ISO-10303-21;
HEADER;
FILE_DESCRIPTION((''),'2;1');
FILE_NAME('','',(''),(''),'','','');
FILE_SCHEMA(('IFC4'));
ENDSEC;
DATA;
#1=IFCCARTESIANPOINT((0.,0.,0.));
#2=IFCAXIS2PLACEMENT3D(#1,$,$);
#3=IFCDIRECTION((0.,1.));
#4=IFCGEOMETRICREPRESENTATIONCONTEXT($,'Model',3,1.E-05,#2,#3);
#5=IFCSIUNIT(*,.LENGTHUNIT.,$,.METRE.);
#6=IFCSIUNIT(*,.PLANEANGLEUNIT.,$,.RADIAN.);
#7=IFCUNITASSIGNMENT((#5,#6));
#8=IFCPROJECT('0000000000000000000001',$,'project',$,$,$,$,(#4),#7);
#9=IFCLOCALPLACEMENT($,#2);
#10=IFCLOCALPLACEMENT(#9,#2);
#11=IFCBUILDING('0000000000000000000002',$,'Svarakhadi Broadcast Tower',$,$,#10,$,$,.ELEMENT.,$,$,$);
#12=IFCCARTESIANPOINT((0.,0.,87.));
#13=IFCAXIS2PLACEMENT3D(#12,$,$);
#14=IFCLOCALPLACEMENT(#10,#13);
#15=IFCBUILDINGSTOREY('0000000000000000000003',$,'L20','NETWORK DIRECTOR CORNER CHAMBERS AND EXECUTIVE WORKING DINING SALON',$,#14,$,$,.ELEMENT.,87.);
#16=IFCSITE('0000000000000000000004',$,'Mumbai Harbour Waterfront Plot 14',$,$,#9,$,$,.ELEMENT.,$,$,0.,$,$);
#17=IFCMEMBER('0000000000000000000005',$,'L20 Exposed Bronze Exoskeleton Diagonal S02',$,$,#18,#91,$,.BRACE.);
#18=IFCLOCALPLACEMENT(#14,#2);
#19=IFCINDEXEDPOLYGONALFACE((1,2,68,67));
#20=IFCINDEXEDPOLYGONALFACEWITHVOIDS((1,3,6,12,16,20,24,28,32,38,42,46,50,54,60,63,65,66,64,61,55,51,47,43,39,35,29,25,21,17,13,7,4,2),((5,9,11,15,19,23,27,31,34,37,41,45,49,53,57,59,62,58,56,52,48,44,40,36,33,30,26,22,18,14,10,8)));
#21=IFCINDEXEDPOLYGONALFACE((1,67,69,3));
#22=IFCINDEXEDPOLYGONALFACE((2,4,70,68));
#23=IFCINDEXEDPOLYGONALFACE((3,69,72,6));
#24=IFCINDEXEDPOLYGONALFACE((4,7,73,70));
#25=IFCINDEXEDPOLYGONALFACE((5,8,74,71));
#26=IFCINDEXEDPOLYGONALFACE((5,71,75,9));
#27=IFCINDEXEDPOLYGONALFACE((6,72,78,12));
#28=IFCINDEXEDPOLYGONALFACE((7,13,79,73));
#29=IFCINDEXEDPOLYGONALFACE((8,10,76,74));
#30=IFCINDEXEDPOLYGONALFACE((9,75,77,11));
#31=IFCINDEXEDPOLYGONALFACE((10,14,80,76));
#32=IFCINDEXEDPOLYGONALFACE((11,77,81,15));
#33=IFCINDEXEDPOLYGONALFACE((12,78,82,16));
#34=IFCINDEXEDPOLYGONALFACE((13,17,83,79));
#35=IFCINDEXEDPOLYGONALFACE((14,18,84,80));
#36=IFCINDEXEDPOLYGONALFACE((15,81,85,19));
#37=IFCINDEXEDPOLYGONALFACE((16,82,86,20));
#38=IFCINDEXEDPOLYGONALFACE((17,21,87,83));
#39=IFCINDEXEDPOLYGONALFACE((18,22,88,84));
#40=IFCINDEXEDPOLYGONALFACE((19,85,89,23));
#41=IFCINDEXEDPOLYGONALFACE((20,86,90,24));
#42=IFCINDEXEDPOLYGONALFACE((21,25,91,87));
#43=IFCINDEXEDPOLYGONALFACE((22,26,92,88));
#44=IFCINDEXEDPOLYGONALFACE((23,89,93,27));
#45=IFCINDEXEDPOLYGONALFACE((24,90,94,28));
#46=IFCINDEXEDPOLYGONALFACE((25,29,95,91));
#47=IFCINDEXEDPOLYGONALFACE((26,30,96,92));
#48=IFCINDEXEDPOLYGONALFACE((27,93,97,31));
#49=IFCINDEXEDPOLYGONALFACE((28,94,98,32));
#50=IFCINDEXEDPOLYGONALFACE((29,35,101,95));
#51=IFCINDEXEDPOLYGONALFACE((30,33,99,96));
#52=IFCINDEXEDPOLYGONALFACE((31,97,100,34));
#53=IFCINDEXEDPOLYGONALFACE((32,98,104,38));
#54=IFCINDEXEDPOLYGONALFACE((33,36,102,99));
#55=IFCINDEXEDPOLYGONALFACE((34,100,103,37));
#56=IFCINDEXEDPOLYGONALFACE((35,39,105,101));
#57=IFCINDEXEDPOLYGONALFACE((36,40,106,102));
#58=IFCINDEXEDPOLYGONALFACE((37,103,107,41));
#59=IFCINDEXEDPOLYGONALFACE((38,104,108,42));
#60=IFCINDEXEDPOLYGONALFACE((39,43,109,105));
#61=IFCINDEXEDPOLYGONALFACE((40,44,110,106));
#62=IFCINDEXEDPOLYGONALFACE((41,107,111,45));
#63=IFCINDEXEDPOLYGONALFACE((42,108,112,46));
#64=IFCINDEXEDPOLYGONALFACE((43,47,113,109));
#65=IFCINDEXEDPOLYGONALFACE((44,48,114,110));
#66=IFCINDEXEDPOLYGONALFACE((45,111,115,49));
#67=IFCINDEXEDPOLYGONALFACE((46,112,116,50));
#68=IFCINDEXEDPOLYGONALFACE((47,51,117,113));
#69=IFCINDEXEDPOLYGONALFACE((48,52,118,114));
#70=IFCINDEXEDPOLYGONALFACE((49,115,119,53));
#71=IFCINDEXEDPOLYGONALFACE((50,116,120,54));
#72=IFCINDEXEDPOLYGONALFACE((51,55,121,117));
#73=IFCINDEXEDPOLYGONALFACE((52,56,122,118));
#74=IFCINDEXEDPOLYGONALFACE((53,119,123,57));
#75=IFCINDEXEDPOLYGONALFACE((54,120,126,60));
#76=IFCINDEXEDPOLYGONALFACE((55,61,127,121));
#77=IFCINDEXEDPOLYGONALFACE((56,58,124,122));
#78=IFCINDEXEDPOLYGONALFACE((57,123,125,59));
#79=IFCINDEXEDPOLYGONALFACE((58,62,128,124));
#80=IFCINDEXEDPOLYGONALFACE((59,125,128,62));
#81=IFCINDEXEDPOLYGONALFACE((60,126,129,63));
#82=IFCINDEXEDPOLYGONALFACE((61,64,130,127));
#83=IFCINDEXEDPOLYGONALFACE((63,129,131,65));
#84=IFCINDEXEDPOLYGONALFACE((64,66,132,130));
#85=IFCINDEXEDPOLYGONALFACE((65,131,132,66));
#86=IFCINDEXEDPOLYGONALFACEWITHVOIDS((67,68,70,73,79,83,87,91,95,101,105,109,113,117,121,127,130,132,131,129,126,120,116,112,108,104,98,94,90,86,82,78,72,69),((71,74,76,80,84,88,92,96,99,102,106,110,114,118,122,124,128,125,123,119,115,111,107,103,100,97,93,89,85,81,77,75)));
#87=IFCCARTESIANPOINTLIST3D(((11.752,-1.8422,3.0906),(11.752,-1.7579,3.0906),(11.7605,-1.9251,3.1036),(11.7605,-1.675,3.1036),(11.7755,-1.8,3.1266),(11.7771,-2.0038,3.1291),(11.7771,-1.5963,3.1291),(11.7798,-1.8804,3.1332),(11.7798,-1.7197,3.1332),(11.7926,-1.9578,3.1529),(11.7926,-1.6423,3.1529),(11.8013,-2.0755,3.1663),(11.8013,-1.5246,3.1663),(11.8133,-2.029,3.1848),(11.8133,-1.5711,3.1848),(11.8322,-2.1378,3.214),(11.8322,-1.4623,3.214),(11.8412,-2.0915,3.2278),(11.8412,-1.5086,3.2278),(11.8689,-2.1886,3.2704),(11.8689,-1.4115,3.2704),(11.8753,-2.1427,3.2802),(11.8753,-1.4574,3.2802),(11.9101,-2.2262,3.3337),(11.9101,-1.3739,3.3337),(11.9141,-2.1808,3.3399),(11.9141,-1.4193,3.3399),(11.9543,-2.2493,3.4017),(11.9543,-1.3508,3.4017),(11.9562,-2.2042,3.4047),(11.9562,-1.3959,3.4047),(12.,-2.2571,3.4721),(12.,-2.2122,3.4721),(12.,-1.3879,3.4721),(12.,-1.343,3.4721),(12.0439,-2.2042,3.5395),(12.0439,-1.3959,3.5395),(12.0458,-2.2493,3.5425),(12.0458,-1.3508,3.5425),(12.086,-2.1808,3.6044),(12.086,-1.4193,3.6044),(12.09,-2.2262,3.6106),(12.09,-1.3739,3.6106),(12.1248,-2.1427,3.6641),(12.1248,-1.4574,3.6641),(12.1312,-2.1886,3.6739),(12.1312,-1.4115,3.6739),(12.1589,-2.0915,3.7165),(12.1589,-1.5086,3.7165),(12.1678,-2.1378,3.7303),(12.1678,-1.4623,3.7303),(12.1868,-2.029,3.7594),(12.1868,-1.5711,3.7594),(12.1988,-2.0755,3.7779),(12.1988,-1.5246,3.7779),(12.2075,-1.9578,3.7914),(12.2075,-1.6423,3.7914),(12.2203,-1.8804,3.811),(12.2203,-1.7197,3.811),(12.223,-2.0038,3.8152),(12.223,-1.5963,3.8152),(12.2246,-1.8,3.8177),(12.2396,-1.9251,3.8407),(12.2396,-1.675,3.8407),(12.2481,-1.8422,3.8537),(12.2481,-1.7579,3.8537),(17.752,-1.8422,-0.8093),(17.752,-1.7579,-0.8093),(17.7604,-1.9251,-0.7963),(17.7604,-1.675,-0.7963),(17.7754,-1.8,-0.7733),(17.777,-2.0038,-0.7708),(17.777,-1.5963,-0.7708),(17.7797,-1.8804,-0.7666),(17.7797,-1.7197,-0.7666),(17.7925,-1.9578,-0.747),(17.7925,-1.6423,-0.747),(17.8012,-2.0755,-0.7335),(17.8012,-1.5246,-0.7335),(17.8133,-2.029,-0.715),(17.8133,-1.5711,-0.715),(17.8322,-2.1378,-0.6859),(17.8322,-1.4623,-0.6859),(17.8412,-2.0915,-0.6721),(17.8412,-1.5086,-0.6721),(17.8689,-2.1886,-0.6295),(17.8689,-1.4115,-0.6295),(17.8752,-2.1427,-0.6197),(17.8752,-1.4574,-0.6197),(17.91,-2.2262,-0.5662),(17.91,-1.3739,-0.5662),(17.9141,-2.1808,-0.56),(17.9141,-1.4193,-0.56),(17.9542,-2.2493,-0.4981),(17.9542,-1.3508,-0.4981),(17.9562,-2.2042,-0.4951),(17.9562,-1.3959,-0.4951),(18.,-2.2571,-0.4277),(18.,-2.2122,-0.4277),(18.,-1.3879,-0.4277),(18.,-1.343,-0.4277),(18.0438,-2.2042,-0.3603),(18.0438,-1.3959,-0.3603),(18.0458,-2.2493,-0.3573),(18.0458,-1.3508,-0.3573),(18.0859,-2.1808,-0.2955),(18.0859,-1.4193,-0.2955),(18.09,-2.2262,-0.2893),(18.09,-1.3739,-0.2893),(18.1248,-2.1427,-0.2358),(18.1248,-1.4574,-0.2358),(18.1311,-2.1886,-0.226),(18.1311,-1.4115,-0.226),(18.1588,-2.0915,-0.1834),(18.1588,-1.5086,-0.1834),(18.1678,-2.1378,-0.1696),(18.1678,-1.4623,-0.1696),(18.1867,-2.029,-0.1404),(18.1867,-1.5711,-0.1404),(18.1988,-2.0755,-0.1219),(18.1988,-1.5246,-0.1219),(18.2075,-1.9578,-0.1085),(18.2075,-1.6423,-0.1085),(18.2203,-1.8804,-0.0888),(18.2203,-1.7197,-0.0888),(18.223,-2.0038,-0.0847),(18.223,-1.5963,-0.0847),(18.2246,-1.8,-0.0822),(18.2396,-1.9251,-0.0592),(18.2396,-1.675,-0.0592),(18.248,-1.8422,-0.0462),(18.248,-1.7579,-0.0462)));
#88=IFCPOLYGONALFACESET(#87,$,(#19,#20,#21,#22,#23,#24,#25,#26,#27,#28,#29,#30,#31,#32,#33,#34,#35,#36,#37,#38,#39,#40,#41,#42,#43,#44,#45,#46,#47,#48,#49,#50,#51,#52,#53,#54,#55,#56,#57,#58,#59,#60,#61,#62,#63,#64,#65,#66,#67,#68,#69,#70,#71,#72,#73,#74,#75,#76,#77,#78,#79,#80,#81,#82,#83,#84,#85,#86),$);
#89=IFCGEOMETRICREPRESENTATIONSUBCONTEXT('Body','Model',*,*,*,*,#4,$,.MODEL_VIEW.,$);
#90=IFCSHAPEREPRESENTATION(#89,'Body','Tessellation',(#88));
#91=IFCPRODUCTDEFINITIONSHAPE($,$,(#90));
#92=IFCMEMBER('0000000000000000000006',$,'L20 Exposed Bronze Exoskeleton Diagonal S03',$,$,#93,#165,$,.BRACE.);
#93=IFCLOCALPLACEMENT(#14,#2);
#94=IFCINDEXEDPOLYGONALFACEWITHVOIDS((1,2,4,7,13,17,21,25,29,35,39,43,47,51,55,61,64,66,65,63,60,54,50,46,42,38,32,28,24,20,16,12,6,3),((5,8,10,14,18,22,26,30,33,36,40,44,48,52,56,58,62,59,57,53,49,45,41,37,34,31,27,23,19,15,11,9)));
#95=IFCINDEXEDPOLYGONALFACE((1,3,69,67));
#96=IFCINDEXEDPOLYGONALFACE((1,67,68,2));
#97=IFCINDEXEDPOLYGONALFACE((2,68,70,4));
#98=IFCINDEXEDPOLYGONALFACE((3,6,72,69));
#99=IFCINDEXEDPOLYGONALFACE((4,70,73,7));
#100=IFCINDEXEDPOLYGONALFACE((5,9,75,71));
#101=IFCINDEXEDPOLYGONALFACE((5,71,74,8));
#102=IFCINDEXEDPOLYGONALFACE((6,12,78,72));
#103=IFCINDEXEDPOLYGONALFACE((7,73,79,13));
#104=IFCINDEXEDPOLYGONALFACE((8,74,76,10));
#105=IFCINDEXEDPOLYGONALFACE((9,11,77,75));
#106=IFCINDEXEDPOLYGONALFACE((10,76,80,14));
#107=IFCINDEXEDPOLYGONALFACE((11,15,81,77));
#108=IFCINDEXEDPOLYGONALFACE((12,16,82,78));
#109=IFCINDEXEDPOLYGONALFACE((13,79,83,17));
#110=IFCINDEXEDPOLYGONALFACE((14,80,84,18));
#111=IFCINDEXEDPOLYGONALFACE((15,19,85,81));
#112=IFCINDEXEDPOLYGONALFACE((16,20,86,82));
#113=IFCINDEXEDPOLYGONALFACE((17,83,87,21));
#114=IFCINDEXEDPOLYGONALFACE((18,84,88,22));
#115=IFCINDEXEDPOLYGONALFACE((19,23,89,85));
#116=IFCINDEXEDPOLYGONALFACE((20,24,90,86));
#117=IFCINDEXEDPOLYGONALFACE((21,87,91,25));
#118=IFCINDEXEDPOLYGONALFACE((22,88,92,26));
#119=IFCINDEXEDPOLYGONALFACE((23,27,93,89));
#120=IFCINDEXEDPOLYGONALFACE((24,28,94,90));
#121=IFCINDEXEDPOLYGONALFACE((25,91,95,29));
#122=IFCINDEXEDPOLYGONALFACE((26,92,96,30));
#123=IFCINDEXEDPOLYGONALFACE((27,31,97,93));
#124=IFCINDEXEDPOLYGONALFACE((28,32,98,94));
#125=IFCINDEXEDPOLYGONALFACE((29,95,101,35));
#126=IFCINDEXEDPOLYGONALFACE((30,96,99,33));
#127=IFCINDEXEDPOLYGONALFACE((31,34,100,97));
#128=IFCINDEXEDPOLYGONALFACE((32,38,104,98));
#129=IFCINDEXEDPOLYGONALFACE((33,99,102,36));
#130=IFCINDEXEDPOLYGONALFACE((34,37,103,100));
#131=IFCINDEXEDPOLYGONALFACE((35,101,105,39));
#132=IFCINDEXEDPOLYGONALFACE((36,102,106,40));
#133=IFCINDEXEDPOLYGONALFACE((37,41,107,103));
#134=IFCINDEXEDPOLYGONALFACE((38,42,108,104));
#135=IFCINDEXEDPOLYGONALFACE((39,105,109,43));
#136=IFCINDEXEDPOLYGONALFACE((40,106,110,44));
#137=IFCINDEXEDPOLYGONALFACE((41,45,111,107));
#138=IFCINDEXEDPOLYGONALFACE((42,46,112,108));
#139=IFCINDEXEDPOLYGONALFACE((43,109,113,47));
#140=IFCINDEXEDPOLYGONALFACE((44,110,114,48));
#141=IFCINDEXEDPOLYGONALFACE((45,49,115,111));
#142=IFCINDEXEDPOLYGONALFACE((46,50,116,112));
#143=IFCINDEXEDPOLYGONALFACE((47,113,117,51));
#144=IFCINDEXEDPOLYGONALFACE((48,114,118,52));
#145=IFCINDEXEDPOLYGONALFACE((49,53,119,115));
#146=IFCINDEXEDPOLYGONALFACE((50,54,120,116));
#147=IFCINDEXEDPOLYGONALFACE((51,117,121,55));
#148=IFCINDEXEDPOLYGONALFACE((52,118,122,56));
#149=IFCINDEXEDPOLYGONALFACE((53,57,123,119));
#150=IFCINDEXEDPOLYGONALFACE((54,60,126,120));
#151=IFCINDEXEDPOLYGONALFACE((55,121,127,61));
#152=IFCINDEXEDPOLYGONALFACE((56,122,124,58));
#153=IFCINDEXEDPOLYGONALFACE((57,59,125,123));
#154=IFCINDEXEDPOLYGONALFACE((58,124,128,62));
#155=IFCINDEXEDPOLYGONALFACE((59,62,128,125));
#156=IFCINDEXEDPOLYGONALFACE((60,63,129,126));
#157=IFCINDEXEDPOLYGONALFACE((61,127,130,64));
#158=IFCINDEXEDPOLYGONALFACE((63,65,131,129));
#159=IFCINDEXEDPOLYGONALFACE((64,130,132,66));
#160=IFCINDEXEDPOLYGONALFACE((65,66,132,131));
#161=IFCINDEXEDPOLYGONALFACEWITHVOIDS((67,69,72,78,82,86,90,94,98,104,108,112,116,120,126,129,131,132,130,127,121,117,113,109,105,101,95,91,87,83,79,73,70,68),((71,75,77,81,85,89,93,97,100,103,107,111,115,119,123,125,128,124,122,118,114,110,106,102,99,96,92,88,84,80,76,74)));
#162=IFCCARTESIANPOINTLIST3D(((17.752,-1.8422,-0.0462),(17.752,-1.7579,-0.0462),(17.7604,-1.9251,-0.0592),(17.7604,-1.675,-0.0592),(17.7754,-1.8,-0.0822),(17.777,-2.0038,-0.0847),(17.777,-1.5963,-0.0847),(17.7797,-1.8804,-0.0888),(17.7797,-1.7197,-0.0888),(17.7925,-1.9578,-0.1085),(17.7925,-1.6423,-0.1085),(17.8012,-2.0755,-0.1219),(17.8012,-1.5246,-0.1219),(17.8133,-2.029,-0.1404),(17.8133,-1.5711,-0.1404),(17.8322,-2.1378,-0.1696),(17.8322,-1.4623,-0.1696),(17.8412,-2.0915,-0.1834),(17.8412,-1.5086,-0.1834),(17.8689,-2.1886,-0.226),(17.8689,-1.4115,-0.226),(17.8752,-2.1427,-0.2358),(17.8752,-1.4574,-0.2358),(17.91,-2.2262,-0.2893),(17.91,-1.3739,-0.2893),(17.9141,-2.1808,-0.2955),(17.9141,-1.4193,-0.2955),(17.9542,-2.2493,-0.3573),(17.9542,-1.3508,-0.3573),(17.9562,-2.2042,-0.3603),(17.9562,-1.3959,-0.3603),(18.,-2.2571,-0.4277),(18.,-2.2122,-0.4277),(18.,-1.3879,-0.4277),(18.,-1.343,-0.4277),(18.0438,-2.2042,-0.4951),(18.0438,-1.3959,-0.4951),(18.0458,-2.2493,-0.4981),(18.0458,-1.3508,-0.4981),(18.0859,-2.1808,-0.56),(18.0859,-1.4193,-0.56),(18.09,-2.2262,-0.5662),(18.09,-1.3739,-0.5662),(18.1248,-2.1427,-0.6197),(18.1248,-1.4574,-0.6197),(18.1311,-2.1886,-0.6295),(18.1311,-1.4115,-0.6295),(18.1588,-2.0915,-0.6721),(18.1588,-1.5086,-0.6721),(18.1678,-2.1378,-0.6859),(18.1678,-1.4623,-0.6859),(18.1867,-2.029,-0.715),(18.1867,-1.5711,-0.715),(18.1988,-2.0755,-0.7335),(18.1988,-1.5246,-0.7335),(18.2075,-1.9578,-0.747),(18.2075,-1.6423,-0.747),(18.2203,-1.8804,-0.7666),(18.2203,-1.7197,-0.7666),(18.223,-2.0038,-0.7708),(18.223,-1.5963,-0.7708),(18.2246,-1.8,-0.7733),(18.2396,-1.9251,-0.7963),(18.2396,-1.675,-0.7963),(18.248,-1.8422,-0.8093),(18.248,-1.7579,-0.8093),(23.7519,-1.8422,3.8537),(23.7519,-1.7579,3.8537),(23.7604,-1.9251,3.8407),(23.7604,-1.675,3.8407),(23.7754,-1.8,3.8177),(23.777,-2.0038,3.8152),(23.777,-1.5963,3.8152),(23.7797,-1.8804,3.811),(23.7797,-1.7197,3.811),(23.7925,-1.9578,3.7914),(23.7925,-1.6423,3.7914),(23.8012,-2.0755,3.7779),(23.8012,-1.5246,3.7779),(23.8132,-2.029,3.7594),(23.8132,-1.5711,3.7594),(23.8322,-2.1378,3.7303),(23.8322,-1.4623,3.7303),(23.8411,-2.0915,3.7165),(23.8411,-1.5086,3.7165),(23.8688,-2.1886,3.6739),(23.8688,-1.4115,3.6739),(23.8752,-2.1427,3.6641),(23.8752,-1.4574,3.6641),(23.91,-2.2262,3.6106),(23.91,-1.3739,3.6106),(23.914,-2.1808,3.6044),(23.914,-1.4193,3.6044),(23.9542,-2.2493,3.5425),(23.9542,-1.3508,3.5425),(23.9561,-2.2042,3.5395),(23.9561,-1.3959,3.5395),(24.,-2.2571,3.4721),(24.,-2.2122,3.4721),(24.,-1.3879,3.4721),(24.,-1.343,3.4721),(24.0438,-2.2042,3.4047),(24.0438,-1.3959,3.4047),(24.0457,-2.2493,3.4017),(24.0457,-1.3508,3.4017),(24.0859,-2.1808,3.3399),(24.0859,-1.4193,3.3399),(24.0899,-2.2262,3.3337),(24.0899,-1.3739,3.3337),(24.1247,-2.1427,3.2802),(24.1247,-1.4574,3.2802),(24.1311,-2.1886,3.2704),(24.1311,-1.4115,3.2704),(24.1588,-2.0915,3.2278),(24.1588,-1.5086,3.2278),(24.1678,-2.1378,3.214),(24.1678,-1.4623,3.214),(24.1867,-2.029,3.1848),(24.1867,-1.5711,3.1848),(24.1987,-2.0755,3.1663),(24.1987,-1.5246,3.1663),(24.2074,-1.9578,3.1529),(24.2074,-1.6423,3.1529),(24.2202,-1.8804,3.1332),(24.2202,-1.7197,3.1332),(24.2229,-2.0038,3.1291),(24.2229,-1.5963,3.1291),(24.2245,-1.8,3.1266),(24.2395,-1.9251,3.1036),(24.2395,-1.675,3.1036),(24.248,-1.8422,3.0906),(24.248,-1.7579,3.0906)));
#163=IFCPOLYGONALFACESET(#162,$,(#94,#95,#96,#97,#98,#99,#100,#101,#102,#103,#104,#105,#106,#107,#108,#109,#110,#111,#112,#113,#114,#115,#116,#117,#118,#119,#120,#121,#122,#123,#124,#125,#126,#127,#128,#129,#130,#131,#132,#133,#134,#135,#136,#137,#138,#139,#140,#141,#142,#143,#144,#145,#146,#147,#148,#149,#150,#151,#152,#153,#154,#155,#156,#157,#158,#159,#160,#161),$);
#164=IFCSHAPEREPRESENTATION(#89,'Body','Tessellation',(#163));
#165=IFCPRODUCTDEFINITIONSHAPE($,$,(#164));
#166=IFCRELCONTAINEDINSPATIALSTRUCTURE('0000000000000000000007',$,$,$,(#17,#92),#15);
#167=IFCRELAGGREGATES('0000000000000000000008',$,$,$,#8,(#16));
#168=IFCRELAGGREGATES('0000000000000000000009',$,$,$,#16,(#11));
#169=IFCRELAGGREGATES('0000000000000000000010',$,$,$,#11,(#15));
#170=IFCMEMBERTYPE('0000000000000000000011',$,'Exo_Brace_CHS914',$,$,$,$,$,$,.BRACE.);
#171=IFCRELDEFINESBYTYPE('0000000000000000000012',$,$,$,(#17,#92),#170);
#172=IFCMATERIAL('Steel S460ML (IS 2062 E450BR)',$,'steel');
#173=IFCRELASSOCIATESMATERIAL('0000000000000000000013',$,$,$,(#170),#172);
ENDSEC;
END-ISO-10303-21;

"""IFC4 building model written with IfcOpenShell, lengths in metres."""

from ifc_helpers import new_model, si_unit, direction, frame, origin, origin_2d, place, context, subcontext, project, spatial, hollow_circle, extrude, material, material_profile, profile_set, type_object, element, save


model = new_model("IFC4")

# Units and contexts
model_context = context("Model", 3, precision=1e-05, world=origin(), true_north=direction((0.0, 1.0)))
body_context = subcontext(model_context, "Body", "Model", "MODEL_VIEW")
ifc_project = project(units=[si_unit("LENGTHUNIT", "METRE"), si_unit("PLANEANGLEUNIT", "RADIAN")], contexts=[model_context])

# Site, building, storey
site_placement = place(None, origin())
site = spatial("IfcSite", under=ifc_project, at=site_placement, Name="Mumbai Harbour Waterfront Plot 14", CompositionType="ELEMENT", RefElevation=0.0)
building_placement = place(site_placement, origin())
building = spatial("IfcBuilding", under=site, at=building_placement, Name="Svarakhadi Broadcast Tower", CompositionType="ELEMENT")
storey_placement = place(building_placement, frame((0.0, 0.0, 87.0)))
storey = spatial("IfcBuildingStorey", under=building, at=storey_placement, Name="L20", Description="NETWORK DIRECTOR CORNER CHAMBERS AND EXECUTIVE WORKING DINING SALON", CompositionType="ELEMENT", Elevation=87.0)

# Members
ifc_material_1 = material(Name="Steel S460ML (IS 2062 E450BR)", Category="steel")
ifc_material_profile_1 = material_profile(ifc_material_1, hollow_circle(Radius=0.457, WallThickness=0.0449, at=origin_2d()), Name="CHS 914x45")
ifc_profile_set_1 = profile_set([ifc_material_profile_1], Name="Steel S460ML (IS 2062 E450BR)")
member_type_1 = type_object("IfcMemberType", Name="Exo_Brace_CHS914", PredefinedType="BRACE", material=ifc_profile_set_1)
for number, where, z_axis, x_axis, name in (
    (1, (18.0, -1.8, -0.4277), (-0.83845, 0.0, 0.544979), (0.0, -1.0, 0.0), "L20 Exposed Bronze Exoskeleton Diagonal S02"),
    (2, (18.0, -1.8, -0.4277), (0.83845, 0.0, 0.544979), (0.0, 1.0, 0.0), "L20 Exposed Bronze Exoskeleton Diagonal S03"),
):
    element("IfcMember", number, at=place(storey_placement, frame(where, z_axis=z_axis, x_axis=x_axis)), inside=storey, type_object=member_type_1, Name=name, PredefinedType="BRACE", context=body_context, shape_type="SweptSolid", body=[
        extrude(hollow_circle(Radius=0.457, WallThickness=0.0449, at=origin_2d()), origin(), (0.0, 0.0, 1.0), 7.156),
    ])

save(model, "model.ifc")
